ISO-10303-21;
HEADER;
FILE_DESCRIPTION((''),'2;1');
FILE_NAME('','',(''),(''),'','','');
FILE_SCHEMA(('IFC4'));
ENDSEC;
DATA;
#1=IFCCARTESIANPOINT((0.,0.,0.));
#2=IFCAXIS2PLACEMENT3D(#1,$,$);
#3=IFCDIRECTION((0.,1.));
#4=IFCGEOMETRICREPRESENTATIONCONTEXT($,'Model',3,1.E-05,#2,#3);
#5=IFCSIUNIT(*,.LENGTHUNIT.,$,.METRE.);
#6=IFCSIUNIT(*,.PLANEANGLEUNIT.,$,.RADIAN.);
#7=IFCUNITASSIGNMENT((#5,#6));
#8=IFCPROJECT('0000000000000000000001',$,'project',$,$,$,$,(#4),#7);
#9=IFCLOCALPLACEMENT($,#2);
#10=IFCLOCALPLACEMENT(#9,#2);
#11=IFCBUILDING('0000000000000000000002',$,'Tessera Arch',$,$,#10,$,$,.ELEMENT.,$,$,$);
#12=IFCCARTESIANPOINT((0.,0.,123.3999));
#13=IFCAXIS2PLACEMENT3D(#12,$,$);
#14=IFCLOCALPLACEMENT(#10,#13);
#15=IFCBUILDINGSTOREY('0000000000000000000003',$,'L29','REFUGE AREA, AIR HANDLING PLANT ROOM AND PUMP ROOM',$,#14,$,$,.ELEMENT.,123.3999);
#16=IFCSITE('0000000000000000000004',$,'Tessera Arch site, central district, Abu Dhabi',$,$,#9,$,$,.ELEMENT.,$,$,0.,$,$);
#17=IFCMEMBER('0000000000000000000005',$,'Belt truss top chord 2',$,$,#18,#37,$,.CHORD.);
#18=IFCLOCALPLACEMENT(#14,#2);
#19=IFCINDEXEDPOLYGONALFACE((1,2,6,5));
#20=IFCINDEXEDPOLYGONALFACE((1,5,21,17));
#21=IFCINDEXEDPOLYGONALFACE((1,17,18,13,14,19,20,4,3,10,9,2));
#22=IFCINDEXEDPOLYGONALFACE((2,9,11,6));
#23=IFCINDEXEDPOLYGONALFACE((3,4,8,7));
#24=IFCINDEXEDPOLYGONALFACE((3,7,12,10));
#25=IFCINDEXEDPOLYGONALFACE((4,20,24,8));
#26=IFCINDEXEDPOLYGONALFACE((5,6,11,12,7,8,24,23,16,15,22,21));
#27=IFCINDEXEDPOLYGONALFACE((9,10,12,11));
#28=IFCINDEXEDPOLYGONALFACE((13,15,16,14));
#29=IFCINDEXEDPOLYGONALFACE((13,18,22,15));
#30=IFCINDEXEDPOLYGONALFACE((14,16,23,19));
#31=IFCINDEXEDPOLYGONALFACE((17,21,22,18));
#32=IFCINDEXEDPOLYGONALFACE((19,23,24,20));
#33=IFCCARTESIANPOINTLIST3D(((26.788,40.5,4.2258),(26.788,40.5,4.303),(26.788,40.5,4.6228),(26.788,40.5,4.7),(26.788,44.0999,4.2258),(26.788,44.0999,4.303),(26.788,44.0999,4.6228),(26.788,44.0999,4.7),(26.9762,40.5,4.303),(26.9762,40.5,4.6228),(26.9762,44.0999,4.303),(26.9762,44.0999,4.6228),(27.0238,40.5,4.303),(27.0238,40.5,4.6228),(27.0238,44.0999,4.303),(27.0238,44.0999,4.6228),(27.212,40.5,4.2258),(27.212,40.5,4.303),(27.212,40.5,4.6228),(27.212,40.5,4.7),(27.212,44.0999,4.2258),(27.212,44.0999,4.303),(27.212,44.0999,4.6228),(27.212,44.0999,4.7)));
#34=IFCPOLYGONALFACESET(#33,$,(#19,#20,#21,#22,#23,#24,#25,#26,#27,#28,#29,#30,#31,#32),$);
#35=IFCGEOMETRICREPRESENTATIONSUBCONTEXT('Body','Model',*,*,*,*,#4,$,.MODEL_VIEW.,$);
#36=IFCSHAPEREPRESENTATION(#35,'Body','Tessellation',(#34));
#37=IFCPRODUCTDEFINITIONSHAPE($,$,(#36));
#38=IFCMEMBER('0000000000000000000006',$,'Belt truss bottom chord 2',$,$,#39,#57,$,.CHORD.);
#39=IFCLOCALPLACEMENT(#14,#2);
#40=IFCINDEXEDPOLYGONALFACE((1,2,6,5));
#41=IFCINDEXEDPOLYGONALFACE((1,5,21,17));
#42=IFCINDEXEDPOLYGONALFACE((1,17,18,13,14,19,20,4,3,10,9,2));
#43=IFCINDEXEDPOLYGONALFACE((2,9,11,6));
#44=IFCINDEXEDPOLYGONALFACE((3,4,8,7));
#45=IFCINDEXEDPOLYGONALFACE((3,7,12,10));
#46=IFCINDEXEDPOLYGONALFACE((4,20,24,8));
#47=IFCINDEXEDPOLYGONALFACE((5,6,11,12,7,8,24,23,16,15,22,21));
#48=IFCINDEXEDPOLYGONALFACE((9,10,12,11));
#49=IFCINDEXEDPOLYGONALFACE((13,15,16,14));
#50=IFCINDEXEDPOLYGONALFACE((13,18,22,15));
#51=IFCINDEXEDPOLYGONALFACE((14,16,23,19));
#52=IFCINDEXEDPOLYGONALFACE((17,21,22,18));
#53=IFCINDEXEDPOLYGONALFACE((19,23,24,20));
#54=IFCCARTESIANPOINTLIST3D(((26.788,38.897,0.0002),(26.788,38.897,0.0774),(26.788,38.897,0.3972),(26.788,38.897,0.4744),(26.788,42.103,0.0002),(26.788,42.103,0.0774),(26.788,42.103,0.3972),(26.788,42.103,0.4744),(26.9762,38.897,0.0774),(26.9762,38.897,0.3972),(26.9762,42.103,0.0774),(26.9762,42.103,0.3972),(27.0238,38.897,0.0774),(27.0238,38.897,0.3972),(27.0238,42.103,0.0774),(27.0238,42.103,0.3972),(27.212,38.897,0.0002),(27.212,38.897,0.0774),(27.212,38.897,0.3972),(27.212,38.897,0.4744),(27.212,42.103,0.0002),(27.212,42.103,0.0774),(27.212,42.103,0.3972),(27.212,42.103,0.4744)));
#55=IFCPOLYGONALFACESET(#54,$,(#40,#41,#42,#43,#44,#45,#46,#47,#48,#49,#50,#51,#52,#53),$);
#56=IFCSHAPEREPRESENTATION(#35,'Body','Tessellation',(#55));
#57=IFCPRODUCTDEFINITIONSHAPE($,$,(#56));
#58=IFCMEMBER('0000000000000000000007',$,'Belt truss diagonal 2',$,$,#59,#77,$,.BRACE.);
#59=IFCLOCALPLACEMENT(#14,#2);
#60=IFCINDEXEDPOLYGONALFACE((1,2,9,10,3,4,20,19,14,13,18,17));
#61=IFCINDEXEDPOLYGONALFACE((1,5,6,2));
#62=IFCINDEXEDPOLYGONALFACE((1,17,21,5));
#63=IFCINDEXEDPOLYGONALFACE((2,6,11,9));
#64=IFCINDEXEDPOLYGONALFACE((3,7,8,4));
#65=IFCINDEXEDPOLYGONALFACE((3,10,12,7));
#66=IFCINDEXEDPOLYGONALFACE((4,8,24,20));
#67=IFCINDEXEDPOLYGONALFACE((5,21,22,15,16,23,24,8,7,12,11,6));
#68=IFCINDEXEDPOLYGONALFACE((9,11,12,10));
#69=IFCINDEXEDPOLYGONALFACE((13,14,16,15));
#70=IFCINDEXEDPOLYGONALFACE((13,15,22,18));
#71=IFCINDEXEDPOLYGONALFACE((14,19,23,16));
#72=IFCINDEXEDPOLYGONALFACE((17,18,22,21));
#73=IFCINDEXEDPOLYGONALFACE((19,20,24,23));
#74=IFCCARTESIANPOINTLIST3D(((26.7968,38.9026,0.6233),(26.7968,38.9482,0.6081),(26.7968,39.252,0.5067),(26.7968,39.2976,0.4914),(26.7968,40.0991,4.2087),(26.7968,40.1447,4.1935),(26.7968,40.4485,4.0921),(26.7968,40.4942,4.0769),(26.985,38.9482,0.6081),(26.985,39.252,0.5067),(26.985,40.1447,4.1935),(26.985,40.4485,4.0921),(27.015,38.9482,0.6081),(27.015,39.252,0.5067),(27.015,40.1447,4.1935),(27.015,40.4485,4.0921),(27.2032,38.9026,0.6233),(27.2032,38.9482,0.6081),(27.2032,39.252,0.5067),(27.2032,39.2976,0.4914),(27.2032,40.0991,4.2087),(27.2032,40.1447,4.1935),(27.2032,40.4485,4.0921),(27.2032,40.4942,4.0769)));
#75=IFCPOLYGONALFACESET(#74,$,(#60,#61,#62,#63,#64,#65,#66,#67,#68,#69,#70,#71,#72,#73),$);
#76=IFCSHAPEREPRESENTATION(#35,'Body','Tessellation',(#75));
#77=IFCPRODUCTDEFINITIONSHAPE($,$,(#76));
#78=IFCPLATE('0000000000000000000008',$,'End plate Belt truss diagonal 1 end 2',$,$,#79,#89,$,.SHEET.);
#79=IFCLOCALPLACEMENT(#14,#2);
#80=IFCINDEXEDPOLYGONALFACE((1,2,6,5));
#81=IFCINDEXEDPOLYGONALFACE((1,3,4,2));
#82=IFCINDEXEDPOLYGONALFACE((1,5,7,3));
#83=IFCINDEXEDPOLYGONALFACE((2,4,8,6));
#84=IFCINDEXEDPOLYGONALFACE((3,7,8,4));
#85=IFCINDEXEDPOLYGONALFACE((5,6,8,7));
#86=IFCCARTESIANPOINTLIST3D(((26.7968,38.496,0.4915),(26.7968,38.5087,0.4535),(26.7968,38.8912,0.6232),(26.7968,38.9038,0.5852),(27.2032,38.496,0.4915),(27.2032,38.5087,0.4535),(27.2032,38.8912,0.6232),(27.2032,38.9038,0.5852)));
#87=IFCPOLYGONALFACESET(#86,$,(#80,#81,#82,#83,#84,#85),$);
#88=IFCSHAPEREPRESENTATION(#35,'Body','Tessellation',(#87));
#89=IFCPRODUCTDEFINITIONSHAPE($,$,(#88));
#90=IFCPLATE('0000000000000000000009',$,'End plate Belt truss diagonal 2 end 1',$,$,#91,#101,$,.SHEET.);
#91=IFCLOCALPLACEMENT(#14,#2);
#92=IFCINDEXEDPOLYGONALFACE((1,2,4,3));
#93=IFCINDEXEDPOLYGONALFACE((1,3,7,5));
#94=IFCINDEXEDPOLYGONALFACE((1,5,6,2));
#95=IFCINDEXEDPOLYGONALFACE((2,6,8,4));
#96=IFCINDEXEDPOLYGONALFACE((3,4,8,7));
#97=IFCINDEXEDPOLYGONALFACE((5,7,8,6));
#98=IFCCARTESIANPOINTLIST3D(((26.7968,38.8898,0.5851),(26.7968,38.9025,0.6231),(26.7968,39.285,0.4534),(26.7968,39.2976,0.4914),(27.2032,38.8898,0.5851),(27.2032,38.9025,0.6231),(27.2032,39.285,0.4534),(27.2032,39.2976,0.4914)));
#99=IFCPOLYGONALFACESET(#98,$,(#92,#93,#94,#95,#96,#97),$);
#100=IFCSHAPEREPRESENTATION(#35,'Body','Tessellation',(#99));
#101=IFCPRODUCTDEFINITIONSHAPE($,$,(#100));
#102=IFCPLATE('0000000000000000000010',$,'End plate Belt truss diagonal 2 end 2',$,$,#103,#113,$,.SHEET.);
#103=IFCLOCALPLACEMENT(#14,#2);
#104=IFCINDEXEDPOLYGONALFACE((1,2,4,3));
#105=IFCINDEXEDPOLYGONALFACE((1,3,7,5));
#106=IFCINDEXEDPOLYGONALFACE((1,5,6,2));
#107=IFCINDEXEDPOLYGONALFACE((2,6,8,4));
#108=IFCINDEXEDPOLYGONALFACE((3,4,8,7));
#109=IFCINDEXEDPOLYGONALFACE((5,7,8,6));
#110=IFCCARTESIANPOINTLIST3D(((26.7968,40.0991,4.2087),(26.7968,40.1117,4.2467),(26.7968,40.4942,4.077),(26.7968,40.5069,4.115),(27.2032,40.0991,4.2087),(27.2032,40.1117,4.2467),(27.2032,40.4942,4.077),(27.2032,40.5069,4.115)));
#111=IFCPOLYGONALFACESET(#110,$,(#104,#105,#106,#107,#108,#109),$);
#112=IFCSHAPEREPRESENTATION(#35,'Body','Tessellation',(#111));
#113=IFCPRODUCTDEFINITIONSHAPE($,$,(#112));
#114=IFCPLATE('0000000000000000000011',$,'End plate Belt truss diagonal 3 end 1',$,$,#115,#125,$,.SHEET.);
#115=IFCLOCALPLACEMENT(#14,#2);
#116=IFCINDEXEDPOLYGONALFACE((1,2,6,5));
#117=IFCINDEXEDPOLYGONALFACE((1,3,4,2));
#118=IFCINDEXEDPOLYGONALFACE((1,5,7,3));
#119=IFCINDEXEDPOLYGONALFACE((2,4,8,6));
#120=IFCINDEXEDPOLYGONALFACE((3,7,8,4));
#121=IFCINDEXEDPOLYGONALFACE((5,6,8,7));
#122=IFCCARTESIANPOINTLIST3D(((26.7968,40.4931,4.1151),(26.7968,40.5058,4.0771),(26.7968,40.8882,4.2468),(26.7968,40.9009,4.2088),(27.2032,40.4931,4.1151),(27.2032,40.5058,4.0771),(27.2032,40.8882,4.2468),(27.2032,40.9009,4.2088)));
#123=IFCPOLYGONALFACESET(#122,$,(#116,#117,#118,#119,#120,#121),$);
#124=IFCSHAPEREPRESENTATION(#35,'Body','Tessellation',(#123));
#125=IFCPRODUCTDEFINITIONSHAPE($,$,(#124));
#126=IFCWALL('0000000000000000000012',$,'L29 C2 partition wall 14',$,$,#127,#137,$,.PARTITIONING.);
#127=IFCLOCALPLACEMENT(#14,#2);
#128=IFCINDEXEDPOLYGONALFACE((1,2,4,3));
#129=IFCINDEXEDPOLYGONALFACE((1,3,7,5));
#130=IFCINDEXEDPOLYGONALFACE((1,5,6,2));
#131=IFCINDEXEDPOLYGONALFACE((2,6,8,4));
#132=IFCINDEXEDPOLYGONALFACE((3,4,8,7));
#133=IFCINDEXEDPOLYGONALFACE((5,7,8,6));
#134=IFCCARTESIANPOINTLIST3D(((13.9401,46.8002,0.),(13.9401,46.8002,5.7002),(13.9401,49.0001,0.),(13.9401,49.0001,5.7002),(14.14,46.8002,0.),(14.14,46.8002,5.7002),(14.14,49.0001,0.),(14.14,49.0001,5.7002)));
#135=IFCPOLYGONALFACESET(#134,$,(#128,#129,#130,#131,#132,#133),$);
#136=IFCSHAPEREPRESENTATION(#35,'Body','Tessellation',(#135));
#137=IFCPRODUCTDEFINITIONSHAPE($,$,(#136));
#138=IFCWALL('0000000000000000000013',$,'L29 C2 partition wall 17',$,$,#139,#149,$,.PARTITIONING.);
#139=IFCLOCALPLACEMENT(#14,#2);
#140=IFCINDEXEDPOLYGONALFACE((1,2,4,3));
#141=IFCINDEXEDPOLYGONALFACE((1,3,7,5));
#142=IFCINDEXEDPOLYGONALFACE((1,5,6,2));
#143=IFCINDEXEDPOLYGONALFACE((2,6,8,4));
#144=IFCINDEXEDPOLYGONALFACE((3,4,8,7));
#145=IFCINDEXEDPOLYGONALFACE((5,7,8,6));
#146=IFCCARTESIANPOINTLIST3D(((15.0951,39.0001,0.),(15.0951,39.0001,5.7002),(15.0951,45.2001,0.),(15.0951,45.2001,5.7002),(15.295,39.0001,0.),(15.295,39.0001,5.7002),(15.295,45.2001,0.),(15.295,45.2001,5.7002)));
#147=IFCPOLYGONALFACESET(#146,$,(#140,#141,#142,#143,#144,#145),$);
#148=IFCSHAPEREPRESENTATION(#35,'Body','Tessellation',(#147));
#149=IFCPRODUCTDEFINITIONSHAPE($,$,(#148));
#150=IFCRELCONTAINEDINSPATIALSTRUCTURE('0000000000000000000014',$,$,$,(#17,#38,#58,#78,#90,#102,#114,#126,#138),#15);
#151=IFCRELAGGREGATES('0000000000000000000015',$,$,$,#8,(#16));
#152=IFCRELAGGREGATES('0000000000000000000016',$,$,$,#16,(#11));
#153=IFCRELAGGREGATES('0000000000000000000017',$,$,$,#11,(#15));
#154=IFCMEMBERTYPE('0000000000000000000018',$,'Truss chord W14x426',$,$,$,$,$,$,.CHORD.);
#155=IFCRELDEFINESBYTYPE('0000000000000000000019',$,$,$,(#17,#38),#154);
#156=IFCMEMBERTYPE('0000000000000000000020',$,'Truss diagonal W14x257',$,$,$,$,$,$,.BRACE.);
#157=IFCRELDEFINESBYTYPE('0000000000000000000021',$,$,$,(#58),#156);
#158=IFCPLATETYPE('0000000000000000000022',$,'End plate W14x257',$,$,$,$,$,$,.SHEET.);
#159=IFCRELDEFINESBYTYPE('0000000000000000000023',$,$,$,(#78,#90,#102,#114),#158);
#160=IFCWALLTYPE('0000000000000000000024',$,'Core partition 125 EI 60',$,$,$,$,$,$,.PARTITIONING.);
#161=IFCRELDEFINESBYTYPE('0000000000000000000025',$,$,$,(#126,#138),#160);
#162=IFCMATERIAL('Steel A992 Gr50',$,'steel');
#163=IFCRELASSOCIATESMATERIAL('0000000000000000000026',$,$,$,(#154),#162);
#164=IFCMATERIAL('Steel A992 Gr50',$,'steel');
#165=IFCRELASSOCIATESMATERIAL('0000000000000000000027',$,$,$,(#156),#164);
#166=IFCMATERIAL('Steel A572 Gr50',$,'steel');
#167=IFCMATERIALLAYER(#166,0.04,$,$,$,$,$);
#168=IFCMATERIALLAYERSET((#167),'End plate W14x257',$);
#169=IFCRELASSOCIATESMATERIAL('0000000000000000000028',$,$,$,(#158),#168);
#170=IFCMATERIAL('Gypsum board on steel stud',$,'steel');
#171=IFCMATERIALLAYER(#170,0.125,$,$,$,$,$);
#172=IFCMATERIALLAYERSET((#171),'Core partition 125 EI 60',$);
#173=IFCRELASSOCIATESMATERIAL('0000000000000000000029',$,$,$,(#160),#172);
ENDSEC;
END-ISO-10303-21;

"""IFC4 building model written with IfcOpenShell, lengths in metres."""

from ifc_helpers import new_model, si_unit, direction, frame, frame_2d, origin, origin_2d, place, context, subcontext, project, spatial, rectangle, i_section, extrude, material, layer, layer_set, material_profile, profile_set, type_object, element, save


model = new_model("IFC4")

# Units and contexts
model_context = context("Model", 3, precision=1e-05, world=origin(), true_north=direction((0.0, 1.0)))
body_context = subcontext(model_context, "Body", "Model", "MODEL_VIEW")
ifc_project = project(units=[si_unit("LENGTHUNIT", "METRE"), si_unit("PLANEANGLEUNIT", "RADIAN")], contexts=[model_context])

# Site, building, storey
site_placement = place(None, origin())
site = spatial("IfcSite", under=ifc_project, at=site_placement, Name="Tessera Arch site, central district, Abu Dhabi", CompositionType="ELEMENT", RefElevation=0.0)
building_placement = place(site_placement, origin())
building = spatial("IfcBuilding", under=site, at=building_placement, Name="Tessera Arch", CompositionType="ELEMENT")
storey_placement = place(building_placement, frame((0.0, 0.0, 123.3999)))
storey = spatial("IfcBuildingStorey", under=building, at=storey_placement, Name="L29", Description="REFUGE AREA, AIR HANDLING PLANT ROOM AND PUMP ROOM", CompositionType="ELEMENT", Elevation=123.3999)

# Members
ifc_material_1 = material(Name="Steel A992 Gr50", Category="steel")
ifc_material_profile_1 = material_profile(ifc_material_1, i_section(OverallWidth=0.4241, OverallDepth=0.4741, WebThickness=0.0476, FlangeThickness=0.0771, at=origin_2d()), Name="W14x426")
ifc_profile_set_1 = profile_set([ifc_material_profile_1], Name="Steel A992 Gr50")
member_type_1 = type_object("IfcMemberType", Name="Truss chord W14x426", PredefinedType="CHORD", material=ifc_profile_set_1)
member_1_placement = place(storey_placement, frame((27.0, 40.5, 4.4629), z_axis=(0.0, 1.0, 0.0), x_axis=(-1.0, 0.0, 0.0)))
element("IfcMember", 1, at=member_1_placement, inside=storey, type_object=member_type_1, Name="Belt truss top chord 2", PredefinedType="CHORD", context=body_context, shape_type="SweptSolid", body=[
    extrude(i_section(OverallWidth=0.4241, OverallDepth=0.4741, WebThickness=0.0476, FlangeThickness=0.0771, at=origin_2d()), origin(), (0.0, 0.0, 1.0), 3.5999),
])
member_2_placement = place(storey_placement, frame((27.0, 38.897, 0.2373), z_axis=(0.0, 1.0, 0.0), x_axis=(-1.0, 0.0, 0.0)))
element("IfcMember", 2, at=member_2_placement, inside=storey, type_object=member_type_1, Name="Belt truss bottom chord 2", PredefinedType="CHORD", context=body_context, shape_type="SweptSolid", body=[
    extrude(i_section(OverallWidth=0.4241, OverallDepth=0.4741, WebThickness=0.0476, FlangeThickness=0.0771, at=origin_2d()), origin(), (0.0, 0.0, 1.0), 3.2061),
])
ifc_material_2 = material(Name="Steel A992 Gr50", Category="steel")
ifc_material_profile_2 = material_profile(ifc_material_2, i_section(OverallWidth=0.4065, OverallDepth=0.4165, WebThickness=0.03, FlangeThickness=0.0481, at=origin_2d()), Name="W14x257")
ifc_profile_set_2 = profile_set([ifc_material_profile_2], Name="Steel A992 Gr50")
member_type_2 = type_object("IfcMemberType", Name="Truss diagonal W14x257", PredefinedType="BRACE", material=ifc_profile_set_2)
member_3_placement = place(storey_placement, frame((27.0, 39.1001, 0.5574), z_axis=(0.0, 0.316557, 0.948573), x_axis=(-1.0, 0.0, 0.0)))
element("IfcMember", 3, at=member_3_placement, inside=storey, type_object=member_type_2, Name="Belt truss diagonal 2", PredefinedType="BRACE", context=body_context, shape_type="SweptSolid", body=[
    extrude(i_section(OverallWidth=0.4065, OverallDepth=0.4165, WebThickness=0.03, FlangeThickness=0.0481, at=origin_2d()), origin(), (0.0, 0.0, 1.0), 3.7798),
])

# Plates
ifc_material_3 = material(Name="Steel A572 Gr50", Category="steel")
ifc_layer_1 = layer(ifc_material_3, 0.04)
ifc_layer_set_1 = layer_set([ifc_layer_1], Name="End plate W14x257")
plate_type = type_object("IfcPlateType", Name="End plate W14x257", PredefinedType="SHEET", material=ifc_layer_set_1)
for number, where, z_axis, x_axis, name in (
    (4, (27.0, 38.6936, 0.5574), (0.0, 0.316228, -0.948683), (-1.0, 0.0, 0.0), "End plate Belt truss diagonal 1 end 2"),
    (5, (27.0, 39.0874, 0.5193), (0.0, 0.316228, 0.948683), (-1.0, 0.0, 0.0), "End plate Belt truss diagonal 2 end 1"),
    (6, (27.0, 40.2966, 4.1428), (0.0, 0.316228, 0.948683), (-1.0, 0.0, 0.0), "End plate Belt truss diagonal 2 end 2"),
    (7, (27.0, 40.6907, 4.1809), (0.0, 0.316228, -0.948683), (-1.0, 0.0, 0.0), "End plate Belt truss diagonal 3 end 1"),
):
    element("IfcPlate", number, at=place(storey_placement, frame(where, z_axis=z_axis, x_axis=x_axis)), inside=storey, type_object=plate_type, Name=name, PredefinedType="SHEET", context=body_context, shape_type="SweptSolid", body=[
        extrude(rectangle(XDim=0.4065, YDim=0.4165, at=origin_2d()), origin(), (0.0, 0.0, 1.0), 0.04),
    ])

# Walls
ifc_material_4 = material(Name="Gypsum board on steel stud", Category="steel")
ifc_layer_2 = layer(ifc_material_4, 0.125)
ifc_layer_set_2 = layer_set([ifc_layer_2], Name="Core partition 125 EI 60")
wall_type_1 = type_object("IfcWallType", Name="Core partition 125 EI 60", PredefinedType="PARTITIONING", material=ifc_layer_set_2)
wall_1_placement = place(storey_placement, frame((14.04, 46.8, 0.0), z_axis=(0.0, 0.0, 1.0), x_axis=(0.0, 1.0, 0.0)))
element("IfcWall", 8, at=wall_1_placement, inside=storey, type_object=wall_type_1, Name="L29 C2 partition wall 14", PredefinedType="PARTITIONING", context=body_context, shape_type="SweptSolid", body=[
    extrude(rectangle(XDim=2.2, YDim=0.2, at=frame_2d((1.1001, 0.0))), origin(), (0.0, 0.0, 1.0), 5.7002),
])
wall_2_placement = place(storey_placement, frame((15.1951, 39.0, 0.0), z_axis=(0.0, 0.0, 1.0), x_axis=(0.0, 1.0, 0.0)))
element("IfcWall", 9, at=wall_2_placement, inside=storey, type_object=wall_type_1, Name="L29 C2 partition wall 17", PredefinedType="PARTITIONING", context=body_context, shape_type="SweptSolid", body=[
    extrude(rectangle(XDim=6.2, YDim=0.2, at=frame_2d((3.1001, 0.0))), origin(), (0.0, 0.0, 1.0), 5.7002),
])

save(model, "model.ifc")
